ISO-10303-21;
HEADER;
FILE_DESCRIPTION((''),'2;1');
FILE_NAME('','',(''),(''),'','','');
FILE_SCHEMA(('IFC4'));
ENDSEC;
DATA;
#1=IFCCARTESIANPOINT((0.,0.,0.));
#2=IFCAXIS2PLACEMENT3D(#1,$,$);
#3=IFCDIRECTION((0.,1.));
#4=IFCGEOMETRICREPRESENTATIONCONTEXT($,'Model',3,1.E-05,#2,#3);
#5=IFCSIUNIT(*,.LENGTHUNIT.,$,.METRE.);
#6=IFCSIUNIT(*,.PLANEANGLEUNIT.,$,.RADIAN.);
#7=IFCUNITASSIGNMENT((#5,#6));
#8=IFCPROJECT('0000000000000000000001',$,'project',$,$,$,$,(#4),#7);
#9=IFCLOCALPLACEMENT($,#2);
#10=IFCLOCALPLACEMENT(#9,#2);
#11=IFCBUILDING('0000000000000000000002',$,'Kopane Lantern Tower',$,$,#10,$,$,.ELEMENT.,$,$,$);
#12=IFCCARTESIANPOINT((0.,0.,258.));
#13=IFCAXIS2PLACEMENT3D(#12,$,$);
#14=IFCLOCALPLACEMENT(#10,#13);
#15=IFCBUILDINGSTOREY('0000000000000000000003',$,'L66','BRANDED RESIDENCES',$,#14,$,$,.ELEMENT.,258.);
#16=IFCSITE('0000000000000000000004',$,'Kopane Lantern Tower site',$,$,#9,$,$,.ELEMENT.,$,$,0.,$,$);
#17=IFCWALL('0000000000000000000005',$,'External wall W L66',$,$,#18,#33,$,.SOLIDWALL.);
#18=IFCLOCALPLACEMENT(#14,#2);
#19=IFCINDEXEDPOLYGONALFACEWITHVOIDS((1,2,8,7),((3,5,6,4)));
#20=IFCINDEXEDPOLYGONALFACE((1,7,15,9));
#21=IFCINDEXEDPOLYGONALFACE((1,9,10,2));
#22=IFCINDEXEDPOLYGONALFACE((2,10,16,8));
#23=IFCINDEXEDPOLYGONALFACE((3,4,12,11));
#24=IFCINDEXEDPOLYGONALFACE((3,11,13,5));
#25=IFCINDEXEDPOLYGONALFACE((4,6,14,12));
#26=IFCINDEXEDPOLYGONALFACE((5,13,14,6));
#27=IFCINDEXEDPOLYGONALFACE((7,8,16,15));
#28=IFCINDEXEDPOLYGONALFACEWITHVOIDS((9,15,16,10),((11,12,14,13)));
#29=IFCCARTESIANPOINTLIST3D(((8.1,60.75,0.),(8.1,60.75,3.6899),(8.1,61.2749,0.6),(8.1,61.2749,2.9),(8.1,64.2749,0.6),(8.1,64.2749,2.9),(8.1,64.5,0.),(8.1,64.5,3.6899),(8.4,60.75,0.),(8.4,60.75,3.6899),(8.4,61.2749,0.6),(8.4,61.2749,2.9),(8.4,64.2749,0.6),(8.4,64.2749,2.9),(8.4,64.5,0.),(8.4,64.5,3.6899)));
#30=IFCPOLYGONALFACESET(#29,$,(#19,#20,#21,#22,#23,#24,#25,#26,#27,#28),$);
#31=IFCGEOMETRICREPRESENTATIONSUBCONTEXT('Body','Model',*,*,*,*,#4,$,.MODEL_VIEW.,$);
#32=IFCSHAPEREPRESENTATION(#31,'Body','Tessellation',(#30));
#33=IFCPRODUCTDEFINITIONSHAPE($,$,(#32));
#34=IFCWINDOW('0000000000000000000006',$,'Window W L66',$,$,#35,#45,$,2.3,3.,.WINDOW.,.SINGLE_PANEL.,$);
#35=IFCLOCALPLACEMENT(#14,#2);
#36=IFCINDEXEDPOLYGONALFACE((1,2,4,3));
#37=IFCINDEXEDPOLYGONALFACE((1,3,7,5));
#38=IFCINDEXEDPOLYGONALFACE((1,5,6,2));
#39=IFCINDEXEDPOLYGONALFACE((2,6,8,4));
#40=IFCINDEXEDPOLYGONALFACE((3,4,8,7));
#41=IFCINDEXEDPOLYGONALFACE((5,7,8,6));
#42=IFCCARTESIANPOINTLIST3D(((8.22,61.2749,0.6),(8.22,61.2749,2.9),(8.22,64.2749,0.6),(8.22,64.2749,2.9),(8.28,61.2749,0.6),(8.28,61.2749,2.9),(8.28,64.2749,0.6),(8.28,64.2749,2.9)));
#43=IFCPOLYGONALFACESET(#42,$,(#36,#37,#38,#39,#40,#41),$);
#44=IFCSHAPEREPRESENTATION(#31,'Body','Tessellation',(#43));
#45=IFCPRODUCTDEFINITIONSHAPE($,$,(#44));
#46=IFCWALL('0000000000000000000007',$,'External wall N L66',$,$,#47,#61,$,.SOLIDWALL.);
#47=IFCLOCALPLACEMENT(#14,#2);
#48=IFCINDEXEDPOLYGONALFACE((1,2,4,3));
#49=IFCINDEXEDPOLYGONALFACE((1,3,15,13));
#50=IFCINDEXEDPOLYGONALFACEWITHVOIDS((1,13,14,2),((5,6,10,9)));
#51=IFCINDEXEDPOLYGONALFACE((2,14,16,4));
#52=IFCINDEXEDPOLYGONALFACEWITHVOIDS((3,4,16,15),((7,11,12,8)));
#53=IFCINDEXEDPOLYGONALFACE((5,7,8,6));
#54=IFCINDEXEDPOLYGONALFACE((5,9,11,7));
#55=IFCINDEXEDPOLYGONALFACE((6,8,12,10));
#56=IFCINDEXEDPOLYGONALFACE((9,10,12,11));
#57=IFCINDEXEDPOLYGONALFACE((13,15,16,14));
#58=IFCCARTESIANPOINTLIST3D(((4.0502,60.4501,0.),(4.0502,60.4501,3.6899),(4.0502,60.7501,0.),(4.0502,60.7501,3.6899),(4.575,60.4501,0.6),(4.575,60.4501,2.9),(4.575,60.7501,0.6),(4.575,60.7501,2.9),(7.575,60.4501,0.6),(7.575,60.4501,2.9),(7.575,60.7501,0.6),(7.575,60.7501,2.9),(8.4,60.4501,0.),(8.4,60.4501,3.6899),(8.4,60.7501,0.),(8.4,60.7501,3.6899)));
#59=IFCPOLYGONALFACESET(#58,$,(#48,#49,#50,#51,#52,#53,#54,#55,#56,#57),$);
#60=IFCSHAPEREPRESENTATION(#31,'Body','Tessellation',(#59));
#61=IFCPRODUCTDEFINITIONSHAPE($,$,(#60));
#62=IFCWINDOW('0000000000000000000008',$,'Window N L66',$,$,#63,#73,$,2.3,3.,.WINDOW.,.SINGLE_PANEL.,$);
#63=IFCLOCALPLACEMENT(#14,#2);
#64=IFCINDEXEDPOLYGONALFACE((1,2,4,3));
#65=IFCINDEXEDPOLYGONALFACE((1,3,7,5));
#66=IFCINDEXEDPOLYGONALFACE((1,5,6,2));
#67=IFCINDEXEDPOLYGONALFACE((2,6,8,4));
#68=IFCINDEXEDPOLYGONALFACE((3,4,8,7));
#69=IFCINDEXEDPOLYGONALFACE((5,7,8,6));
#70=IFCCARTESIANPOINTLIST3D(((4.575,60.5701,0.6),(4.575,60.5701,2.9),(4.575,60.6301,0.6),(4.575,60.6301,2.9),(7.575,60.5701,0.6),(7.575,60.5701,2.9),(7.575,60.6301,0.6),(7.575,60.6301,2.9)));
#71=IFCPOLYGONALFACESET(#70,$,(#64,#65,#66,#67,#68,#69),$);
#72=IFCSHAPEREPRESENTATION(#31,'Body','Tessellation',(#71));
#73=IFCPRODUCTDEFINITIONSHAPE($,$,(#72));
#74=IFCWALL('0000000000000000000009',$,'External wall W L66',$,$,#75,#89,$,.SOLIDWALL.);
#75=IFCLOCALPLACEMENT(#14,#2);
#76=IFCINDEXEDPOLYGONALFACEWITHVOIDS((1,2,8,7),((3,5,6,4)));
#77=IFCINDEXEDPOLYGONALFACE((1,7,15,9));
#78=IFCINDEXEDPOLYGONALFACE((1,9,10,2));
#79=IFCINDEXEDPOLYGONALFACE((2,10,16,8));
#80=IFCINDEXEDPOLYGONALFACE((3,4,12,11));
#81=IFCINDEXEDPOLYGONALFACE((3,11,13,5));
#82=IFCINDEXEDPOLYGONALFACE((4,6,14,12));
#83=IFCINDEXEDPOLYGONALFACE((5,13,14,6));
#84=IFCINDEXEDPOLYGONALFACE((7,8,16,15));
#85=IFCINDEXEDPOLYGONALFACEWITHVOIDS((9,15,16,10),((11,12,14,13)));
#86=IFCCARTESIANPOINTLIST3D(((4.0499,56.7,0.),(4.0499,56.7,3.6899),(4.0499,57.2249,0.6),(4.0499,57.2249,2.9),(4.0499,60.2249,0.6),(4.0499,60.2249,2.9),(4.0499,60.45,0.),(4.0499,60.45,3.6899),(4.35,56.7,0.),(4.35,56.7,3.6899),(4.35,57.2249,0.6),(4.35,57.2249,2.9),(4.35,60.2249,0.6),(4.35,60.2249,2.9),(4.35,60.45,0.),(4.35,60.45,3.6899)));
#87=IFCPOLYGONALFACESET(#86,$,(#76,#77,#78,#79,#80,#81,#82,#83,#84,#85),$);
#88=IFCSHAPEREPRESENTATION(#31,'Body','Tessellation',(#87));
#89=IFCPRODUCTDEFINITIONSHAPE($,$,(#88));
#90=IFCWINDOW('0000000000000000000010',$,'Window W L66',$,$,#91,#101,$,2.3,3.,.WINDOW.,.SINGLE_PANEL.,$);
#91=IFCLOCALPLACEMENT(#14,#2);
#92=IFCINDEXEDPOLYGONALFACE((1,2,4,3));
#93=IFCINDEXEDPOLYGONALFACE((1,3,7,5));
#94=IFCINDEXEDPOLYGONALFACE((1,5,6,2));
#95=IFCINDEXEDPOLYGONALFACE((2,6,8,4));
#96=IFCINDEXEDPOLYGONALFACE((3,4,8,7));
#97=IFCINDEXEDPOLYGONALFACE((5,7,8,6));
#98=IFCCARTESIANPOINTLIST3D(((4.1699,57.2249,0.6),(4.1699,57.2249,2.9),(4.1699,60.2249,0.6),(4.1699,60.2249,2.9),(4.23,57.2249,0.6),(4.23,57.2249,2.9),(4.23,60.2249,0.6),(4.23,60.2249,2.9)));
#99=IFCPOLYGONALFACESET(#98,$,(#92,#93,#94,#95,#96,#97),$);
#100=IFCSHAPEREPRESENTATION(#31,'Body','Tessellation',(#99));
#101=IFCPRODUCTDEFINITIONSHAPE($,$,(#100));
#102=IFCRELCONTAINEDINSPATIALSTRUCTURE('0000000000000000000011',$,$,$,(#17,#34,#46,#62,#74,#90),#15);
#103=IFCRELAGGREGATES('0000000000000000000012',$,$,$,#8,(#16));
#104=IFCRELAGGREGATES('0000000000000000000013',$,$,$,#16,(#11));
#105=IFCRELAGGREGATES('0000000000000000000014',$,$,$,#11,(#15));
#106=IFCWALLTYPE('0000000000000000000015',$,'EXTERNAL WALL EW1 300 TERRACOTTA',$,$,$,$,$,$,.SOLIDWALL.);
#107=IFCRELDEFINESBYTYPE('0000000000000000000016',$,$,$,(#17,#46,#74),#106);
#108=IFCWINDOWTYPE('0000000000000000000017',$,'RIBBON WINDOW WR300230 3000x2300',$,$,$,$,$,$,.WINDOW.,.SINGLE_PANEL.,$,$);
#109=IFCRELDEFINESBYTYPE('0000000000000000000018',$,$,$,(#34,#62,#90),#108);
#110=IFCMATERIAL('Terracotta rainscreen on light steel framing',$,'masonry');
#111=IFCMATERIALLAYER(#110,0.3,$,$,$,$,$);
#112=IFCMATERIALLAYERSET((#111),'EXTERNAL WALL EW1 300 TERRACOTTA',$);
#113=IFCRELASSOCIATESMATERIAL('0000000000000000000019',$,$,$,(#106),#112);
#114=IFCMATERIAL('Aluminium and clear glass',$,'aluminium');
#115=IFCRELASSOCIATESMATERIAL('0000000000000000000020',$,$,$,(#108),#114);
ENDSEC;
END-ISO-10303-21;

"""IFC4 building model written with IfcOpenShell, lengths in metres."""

from ifc_helpers import new_model, si_unit, direction, frame, frame_2d, origin, place, context, subcontext, project, spatial, rectangle, extrude, material, layer, layer_set, type_object, element, fill, save


model = new_model("IFC4")

# Units and contexts
model_context = context("Model", 3, precision=1e-05, world=origin(), true_north=direction((0.0, 1.0)))
body_context = subcontext(model_context, "Body", "Model", "MODEL_VIEW")
ifc_project = project(units=[si_unit("LENGTHUNIT", "METRE"), si_unit("PLANEANGLEUNIT", "RADIAN")], contexts=[model_context])

# Site, building, storey
site_placement = place(None, origin())
site = spatial("IfcSite", under=ifc_project, at=site_placement, Name="Kopane Lantern Tower site", CompositionType="ELEMENT", RefElevation=0.0)
building_placement = place(site_placement, origin())
building = spatial("IfcBuilding", under=site, at=building_placement, Name="Kopane Lantern Tower", CompositionType="ELEMENT")
storey_placement = place(building_placement, frame((0.0, 0.0, 258.0)))
storey = spatial("IfcBuildingStorey", under=building, at=storey_placement, Name="L66", Description="BRANDED RESIDENCES", CompositionType="ELEMENT", Elevation=258.0)

# Walls, openings, windows
ifc_material_1 = material(Name="Terracotta rainscreen on light steel framing", Category="masonry")
ifc_layer_1 = layer(ifc_material_1, 0.3)
ifc_layer_set_1 = layer_set([ifc_layer_1], Name="EXTERNAL WALL EW1 300 TERRACOTTA")
wall_type_1 = type_object("IfcWallType", Name="EXTERNAL WALL EW1 300 TERRACOTTA", PredefinedType="SOLIDWALL", material=ifc_layer_set_1)
wall_1_placement = place(storey_placement, frame((8.25, 64.5, 0.0), z_axis=(0.0, 0.0, 1.0), x_axis=(0.0, -1.0, 0.0)))
wall_1 = element("IfcWall", 1, at=wall_1_placement, inside=storey, type_object=wall_type_1, Name="External wall W L66", PredefinedType="SOLIDWALL", context=body_context, shape_type="SweptSolid", body=[
    extrude(rectangle(XDim=3.75, YDim=0.3, at=frame_2d((1.875, 0.0))), origin(), (0.0, 0.0, 1.0), 3.6899),
])
opening_1_placement = place(wall_1_placement, frame((0.2251, 0.0, 0.6001)))
opening_1 = element("IfcOpeningElement", 2, at=opening_1_placement, cuts=wall_1, PredefinedType="OPENING", context=body_context, shape_type="SweptSolid", body=[
    extrude(rectangle(XDim=3.0, YDim=2.3, at=frame_2d((1.5, 1.1499))), frame((0.0, 0.1599, 0.0), z_axis=(0.0, -1.0, 0.0), x_axis=(1.0, 0.0, 0.0)), (0.0, 0.0, 1.0), 0.3201),
])
ifc_material_2 = material(Name="Aluminium and clear glass", Category="aluminium")
window_type = type_object("IfcWindowType", Name="RIBBON WINDOW WR300230 3000x2300", PartitioningType="SINGLE_PANEL", PredefinedType="WINDOW", material=ifc_material_2)
window_1_placement = place(opening_1_placement, origin())
window_1 = element("IfcWindow", 3, at=window_1_placement, inside=storey, type_object=window_type, Name="Window W L66", OverallHeight=2.3, OverallWidth=3.0, PartitioningType="SINGLE_PANEL", PredefinedType="WINDOW", context=body_context, shape_type="SweptSolid", body=[
    extrude(rectangle(XDim=3.0, YDim=2.3, at=frame_2d((1.5, 1.1499))), frame((0.0, 0.03, 0.0), z_axis=(0.0, -1.0, 0.0), x_axis=(1.0, 0.0, 0.0)), (0.0, 0.0, 1.0), 0.0601),
])
fill(opening_1, window_1)
wall_2_placement = place(storey_placement, frame((8.3999, 60.6001, 0.0), z_axis=(0.0, 0.0, 1.0), x_axis=(-1.0, 0.0, 0.0)))
wall_2 = element("IfcWall", 4, at=wall_2_placement, inside=storey, type_object=wall_type_1, Name="External wall N L66", PredefinedType="SOLIDWALL", context=body_context, shape_type="SweptSolid", body=[
    extrude(rectangle(XDim=4.3499, YDim=0.3, at=frame_2d((2.1748, 0.0))), origin(), (0.0, 0.0, 1.0), 3.6899),
])
opening_2_placement = place(wall_2_placement, frame((0.825, 0.0, 0.6001)))
opening_2 = element("IfcOpeningElement", 5, at=opening_2_placement, cuts=wall_2, PredefinedType="OPENING", context=body_context, shape_type="SweptSolid", body=[
    extrude(rectangle(XDim=3.0, YDim=2.3, at=frame_2d((1.5, 1.1499))), frame((0.0, 0.1599, 0.0), z_axis=(0.0, -1.0, 0.0), x_axis=(1.0, 0.0, 0.0)), (0.0, 0.0, 1.0), 0.3201),
])
window_2_placement = place(opening_2_placement, origin())
window_2 = element("IfcWindow", 6, at=window_2_placement, inside=storey, type_object=window_type, Name="Window N L66", OverallHeight=2.3, OverallWidth=3.0, PartitioningType="SINGLE_PANEL", PredefinedType="WINDOW", context=body_context, shape_type="SweptSolid", body=[
    extrude(rectangle(XDim=3.0, YDim=2.3, at=frame_2d((1.5, 1.1499))), frame((0.0, 0.03, 0.0), z_axis=(0.0, -1.0, 0.0), x_axis=(1.0, 0.0, 0.0)), (0.0, 0.0, 1.0), 0.0601),
])
fill(opening_2, window_2)
wall_3_placement = place(storey_placement, frame((4.2, 60.45, 0.0), z_axis=(0.0, 0.0, 1.0), x_axis=(0.0, -1.0, 0.0)))
wall_3 = element("IfcWall", 7, at=wall_3_placement, inside=storey, type_object=wall_type_1, Name="External wall W L66", PredefinedType="SOLIDWALL", context=body_context, shape_type="SweptSolid", body=[
    extrude(rectangle(XDim=3.75, YDim=0.3, at=frame_2d((1.875, 0.0))), origin(), (0.0, 0.0, 1.0), 3.6899),
])
opening_3_placement = place(wall_3_placement, frame((0.2251, 0.0, 0.6001)))
opening_3 = element("IfcOpeningElement", 8, at=opening_3_placement, cuts=wall_3, PredefinedType="OPENING", context=body_context, shape_type="SweptSolid", body=[
    extrude(rectangle(XDim=3.0, YDim=2.3, at=frame_2d((1.5, 1.1499))), frame((0.0, 0.1599, 0.0), z_axis=(0.0, -1.0, 0.0), x_axis=(1.0, 0.0, 0.0)), (0.0, 0.0, 1.0), 0.3201),
])
window_3_placement = place(opening_3_placement, origin())
window_3 = element("IfcWindow", 9, at=window_3_placement, inside=storey, type_object=window_type, Name="Window W L66", OverallHeight=2.3, OverallWidth=3.0, PartitioningType="SINGLE_PANEL", PredefinedType="WINDOW", context=body_context, shape_type="SweptSolid", body=[
    extrude(rectangle(XDim=3.0, YDim=2.3, at=frame_2d((1.5, 1.1499))), frame((0.0, 0.03, 0.0), z_axis=(0.0, -1.0, 0.0), x_axis=(1.0, 0.0, 0.0)), (0.0, 0.0, 1.0), 0.0601),
])
fill(opening_3, window_3)

save(model, "model.ifc")
